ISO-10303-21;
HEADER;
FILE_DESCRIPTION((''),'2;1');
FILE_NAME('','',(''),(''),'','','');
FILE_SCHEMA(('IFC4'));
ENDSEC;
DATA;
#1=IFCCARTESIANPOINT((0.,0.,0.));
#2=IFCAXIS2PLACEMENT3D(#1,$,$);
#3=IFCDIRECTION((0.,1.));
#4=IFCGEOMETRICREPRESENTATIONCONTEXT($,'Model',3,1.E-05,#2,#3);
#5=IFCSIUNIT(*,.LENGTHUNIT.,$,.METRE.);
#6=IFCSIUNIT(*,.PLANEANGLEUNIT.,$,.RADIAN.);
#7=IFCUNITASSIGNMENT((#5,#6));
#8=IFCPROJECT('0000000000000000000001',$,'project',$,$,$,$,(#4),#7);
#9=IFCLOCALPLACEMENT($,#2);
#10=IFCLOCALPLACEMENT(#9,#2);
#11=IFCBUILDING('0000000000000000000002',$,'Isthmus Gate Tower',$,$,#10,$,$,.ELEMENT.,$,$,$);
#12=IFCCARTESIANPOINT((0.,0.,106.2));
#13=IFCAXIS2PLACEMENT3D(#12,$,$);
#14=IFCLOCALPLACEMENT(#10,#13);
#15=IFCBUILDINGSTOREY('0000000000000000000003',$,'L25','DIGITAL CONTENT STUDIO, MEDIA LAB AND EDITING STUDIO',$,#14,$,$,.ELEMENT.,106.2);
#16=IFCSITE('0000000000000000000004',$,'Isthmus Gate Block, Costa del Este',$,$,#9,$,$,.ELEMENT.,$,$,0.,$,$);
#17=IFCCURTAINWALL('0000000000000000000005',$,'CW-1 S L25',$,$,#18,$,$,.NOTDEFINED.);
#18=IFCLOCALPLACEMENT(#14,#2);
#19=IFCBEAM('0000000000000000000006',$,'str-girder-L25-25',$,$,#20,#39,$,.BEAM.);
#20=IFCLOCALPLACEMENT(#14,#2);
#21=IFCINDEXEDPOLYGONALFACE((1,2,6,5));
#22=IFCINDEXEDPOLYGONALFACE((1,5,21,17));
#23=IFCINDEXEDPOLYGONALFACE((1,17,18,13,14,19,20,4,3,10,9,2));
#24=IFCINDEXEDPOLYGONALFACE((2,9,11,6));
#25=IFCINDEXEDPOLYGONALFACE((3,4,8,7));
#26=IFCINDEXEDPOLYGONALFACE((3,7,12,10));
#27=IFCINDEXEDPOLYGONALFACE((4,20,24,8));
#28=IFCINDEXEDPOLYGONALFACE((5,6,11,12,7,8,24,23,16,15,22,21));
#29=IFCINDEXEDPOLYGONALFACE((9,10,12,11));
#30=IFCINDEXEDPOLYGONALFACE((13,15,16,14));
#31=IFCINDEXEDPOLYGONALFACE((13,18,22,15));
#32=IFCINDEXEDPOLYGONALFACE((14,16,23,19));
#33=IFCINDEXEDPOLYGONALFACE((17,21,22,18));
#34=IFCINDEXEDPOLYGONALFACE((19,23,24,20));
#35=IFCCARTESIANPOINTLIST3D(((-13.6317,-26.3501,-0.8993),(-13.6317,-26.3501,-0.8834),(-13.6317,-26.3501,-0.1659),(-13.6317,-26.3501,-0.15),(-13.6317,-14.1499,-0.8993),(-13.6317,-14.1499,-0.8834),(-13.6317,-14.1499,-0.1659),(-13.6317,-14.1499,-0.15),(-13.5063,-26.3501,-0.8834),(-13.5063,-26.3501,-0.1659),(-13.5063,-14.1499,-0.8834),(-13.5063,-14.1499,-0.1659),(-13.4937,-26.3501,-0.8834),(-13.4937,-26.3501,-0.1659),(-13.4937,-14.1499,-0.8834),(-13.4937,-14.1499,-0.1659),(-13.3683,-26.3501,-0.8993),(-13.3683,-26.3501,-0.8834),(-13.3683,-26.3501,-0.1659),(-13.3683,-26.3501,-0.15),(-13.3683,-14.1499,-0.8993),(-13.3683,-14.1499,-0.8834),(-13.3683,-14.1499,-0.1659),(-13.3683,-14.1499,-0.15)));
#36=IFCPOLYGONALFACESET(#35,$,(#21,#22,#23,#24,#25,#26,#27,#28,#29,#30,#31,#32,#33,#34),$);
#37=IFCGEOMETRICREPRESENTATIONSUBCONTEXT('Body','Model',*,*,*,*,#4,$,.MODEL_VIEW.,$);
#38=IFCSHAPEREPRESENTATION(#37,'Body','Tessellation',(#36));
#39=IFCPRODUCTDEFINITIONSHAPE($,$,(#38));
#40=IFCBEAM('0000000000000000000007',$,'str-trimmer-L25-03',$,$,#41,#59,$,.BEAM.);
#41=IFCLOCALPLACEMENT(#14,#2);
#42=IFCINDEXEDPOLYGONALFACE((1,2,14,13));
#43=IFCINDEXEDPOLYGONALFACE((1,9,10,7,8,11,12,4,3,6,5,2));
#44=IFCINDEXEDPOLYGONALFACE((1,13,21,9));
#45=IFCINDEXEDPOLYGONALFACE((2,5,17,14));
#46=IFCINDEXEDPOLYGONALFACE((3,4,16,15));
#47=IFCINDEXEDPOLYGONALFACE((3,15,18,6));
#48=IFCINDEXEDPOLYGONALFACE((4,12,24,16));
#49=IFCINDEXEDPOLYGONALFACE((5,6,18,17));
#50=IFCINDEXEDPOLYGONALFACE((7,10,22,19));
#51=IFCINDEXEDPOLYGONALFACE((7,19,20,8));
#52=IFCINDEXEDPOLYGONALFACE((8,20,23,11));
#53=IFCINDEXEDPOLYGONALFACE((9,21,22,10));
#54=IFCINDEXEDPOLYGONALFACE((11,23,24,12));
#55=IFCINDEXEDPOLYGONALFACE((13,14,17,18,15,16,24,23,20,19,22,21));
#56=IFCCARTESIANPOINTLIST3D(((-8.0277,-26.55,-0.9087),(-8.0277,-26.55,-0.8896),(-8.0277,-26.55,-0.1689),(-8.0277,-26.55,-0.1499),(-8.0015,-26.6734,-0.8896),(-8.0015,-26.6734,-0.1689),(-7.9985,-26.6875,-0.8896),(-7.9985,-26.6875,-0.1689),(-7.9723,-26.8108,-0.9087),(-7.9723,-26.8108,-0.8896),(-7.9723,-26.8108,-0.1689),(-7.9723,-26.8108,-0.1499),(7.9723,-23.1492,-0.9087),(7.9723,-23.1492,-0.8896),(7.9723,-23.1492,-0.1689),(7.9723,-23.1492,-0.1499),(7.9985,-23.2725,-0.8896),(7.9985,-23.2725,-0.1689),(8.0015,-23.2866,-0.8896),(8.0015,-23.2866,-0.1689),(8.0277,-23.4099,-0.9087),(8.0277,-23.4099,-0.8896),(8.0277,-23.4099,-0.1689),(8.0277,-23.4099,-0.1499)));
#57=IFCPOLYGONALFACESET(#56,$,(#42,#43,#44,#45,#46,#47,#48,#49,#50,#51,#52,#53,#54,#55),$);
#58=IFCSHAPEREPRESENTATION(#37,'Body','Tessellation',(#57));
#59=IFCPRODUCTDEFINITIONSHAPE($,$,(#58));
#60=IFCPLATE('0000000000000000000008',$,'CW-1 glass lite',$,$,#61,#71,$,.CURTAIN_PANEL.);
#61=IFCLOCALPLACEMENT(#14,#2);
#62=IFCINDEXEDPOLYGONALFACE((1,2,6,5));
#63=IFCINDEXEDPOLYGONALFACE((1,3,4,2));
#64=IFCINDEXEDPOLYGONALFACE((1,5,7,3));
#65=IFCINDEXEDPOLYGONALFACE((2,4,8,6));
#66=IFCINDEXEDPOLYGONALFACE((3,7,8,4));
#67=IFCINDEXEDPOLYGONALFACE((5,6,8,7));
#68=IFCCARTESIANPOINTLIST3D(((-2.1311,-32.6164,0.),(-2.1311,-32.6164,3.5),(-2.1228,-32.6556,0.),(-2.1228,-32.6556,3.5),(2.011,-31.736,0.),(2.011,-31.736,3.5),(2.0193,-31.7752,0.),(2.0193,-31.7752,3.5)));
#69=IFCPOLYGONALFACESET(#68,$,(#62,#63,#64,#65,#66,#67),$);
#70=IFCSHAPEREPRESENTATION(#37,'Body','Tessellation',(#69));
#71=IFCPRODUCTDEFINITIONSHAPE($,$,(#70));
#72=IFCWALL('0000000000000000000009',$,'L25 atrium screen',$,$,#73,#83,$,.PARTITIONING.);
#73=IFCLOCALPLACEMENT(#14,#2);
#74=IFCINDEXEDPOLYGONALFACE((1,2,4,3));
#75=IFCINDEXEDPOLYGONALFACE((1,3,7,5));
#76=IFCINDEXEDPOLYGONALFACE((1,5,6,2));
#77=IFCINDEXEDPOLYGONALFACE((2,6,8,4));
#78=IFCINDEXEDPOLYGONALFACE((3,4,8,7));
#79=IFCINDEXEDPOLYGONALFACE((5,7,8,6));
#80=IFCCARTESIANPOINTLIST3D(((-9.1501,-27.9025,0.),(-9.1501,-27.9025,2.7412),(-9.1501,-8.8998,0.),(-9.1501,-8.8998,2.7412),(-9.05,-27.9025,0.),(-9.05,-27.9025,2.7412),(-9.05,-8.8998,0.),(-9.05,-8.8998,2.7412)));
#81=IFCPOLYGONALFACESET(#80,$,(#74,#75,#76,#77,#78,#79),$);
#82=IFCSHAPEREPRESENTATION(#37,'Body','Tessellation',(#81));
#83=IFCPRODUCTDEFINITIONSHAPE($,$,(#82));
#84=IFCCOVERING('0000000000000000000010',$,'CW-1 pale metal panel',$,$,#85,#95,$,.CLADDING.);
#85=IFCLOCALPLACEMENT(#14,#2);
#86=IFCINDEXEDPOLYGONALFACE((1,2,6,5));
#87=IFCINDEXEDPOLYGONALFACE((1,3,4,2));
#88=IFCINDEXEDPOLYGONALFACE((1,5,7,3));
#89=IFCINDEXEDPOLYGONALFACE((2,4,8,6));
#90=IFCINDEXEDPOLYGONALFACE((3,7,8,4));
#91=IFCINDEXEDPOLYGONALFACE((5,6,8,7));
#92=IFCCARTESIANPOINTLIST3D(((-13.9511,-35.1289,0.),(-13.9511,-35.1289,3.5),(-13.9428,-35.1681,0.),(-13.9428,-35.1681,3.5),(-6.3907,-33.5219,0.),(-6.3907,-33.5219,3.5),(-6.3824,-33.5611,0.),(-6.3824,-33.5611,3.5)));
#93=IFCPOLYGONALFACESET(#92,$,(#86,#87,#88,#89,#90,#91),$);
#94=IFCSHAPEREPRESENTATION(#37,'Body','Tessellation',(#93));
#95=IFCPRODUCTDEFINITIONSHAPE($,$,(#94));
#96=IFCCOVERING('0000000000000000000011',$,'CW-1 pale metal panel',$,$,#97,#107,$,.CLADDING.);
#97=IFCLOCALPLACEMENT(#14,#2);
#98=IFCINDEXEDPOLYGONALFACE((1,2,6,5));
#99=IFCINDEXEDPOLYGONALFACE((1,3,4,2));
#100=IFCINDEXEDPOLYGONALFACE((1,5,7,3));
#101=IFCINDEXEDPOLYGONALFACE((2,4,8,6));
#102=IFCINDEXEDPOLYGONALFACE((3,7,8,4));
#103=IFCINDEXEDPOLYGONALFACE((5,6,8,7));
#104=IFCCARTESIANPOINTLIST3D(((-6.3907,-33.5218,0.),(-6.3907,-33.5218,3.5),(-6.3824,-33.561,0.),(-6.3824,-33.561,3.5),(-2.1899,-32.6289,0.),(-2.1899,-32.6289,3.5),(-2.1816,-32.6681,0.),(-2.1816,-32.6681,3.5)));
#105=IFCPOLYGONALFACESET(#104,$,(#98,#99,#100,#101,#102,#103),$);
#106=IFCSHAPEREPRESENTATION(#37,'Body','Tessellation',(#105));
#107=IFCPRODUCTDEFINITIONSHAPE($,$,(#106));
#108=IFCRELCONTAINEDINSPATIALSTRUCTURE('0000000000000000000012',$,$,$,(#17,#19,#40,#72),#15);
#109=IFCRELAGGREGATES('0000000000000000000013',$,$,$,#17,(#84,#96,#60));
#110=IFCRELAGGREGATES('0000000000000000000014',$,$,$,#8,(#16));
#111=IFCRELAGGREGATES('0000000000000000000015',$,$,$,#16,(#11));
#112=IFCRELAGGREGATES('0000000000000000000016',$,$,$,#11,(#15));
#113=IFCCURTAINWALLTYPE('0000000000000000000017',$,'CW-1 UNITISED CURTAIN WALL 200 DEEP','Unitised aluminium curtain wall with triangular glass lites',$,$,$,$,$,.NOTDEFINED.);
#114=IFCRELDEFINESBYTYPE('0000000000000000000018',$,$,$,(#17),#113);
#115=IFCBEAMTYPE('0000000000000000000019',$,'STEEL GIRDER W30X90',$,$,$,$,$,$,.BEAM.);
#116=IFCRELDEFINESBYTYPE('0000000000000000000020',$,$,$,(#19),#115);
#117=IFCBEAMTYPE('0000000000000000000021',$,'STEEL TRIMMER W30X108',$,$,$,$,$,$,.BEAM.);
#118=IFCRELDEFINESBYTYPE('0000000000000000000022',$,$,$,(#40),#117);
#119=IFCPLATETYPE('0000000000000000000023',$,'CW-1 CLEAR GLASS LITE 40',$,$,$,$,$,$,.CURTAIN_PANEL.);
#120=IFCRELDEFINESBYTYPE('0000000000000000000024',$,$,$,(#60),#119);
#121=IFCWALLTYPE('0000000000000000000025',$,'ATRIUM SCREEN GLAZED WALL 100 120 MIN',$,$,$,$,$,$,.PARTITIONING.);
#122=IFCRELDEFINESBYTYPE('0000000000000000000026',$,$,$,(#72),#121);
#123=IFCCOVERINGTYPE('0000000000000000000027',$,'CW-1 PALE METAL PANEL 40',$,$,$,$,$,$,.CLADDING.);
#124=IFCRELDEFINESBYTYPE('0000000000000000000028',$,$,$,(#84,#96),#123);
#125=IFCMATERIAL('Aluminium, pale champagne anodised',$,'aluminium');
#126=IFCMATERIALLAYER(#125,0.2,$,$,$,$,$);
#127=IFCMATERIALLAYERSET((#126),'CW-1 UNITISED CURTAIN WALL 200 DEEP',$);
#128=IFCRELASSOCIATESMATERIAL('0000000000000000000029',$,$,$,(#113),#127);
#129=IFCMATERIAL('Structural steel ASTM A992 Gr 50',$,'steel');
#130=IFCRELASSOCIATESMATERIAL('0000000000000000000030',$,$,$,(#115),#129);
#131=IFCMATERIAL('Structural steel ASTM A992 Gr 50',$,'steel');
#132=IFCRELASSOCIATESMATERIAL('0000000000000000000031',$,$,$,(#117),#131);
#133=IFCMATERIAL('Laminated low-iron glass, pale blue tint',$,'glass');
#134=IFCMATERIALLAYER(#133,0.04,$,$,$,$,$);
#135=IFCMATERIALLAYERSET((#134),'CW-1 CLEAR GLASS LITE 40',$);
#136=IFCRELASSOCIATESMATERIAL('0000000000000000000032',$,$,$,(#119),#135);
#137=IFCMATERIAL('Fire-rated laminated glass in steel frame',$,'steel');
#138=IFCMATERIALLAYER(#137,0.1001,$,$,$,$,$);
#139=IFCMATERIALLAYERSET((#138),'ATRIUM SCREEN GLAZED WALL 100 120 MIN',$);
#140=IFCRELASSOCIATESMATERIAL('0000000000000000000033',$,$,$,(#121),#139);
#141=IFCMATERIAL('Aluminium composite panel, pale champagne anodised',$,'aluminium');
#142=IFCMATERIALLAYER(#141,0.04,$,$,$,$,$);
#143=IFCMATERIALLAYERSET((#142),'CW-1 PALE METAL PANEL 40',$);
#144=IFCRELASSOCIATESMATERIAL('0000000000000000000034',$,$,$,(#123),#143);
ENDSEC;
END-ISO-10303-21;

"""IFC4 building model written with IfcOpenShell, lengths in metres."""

from ifc_helpers import new_model, si_unit, direction, frame, frame_2d, origin, origin_2d, place, context, subcontext, project, spatial, rectangle, i_section, extrude, material, layer, layer_set, material_profile, profile_set, type_object, element, aggregate, save


model = new_model("IFC4")

# Units and contexts
model_context = context("Model", 3, precision=1e-05, world=origin(), true_north=direction((0.0, 1.0)))
body_context = subcontext(model_context, "Body", "Model", "MODEL_VIEW")
ifc_project = project(units=[si_unit("LENGTHUNIT", "METRE"), si_unit("PLANEANGLEUNIT", "RADIAN")], contexts=[model_context])

# Site, building, storey
site_placement = place(None, origin())
site = spatial("IfcSite", under=ifc_project, at=site_placement, Name="Isthmus Gate Block, Costa del Este", CompositionType="ELEMENT", RefElevation=0.0)
building_placement = place(site_placement, origin())
building = spatial("IfcBuilding", under=site, at=building_placement, Name="Isthmus Gate Tower", CompositionType="ELEMENT")
storey_placement = place(building_placement, frame((0.0, 0.0, 106.2)))
storey = spatial("IfcBuildingStorey", under=building, at=storey_placement, Name="L25", Description="DIGITAL CONTENT STUDIO, MEDIA LAB AND EDITING STUDIO", CompositionType="ELEMENT", Elevation=106.2)

# Curtain wall
ifc_material_1 = material(Name="Aluminium, pale champagne anodised", Category="aluminium")
ifc_layer_1 = layer(ifc_material_1, 0.2)
ifc_layer_set_1 = layer_set([ifc_layer_1], Name="CW-1 UNITISED CURTAIN WALL 200 DEEP")
curtain_wall_type = type_object("IfcCurtainWallType", Name="CW-1 UNITISED CURTAIN WALL 200 DEEP", Description="Unitised aluminium curtain wall with triangular glass lites", PredefinedType="NOTDEFINED", material=ifc_layer_set_1)
curtain_wall_placement = place(storey_placement, origin())
curtain_wall = element("IfcCurtainWall", 1, at=curtain_wall_placement, inside=storey, type_object=curtain_wall_type, Name="CW-1 S L25", PredefinedType="NOTDEFINED")

# Beams
ifc_material_2 = material(Name="Structural steel ASTM A992 Gr 50", Category="steel")
ifc_material_profile_1 = material_profile(ifc_material_2, i_section(OverallWidth=0.2634, OverallDepth=0.7493, WebThickness=0.0127, FlangeThickness=0.0159, at=origin_2d()), Name="W30X90")
ifc_profile_set_1 = profile_set([ifc_material_profile_1], Name="Structural steel ASTM A992 Gr 50")
beam_type_1 = type_object("IfcBeamType", Name="STEEL GIRDER W30X90", PredefinedType="BEAM", material=ifc_profile_set_1)
beam_1_placement = place(storey_placement, frame((-13.5, -26.3501, -0.5247), z_axis=(0.0, 1.0, 0.0), x_axis=(-1.0, 0.0, 0.0)))
element("IfcBeam", 2, at=beam_1_placement, inside=storey, type_object=beam_type_1, Name="str-girder-L25-25", PredefinedType="BEAM", context=body_context, shape_type="SweptSolid", body=[
    extrude(i_section(OverallWidth=0.2634, OverallDepth=0.7493, WebThickness=0.0127, FlangeThickness=0.0159, at=origin_2d()), origin(), (0.0, 0.0, 1.0), 12.2002),
])
ifc_material_3 = material(Name="Structural steel ASTM A992 Gr 50", Category="steel")
ifc_material_profile_2 = material_profile(ifc_material_3, i_section(OverallWidth=0.2666, OverallDepth=0.7588, WebThickness=0.0144, FlangeThickness=0.019, at=origin_2d()), Name="W30X108")
ifc_profile_set_2 = profile_set([ifc_material_profile_2], Name="Structural steel ASTM A992 Gr 50")
beam_type_2 = type_object("IfcBeamType", Name="STEEL TRIMMER W30X108", PredefinedType="BEAM", material=ifc_profile_set_2)
beam_2_placement = place(storey_placement, frame((-8.0, -26.6804, -0.5293), z_axis=(0.978148, 0.20791, 0.0), x_axis=(-0.20791, 0.978148, 0.0)))
element("IfcBeam", 3, at=beam_2_placement, inside=storey, type_object=beam_type_2, Name="str-trimmer-L25-03", PredefinedType="BEAM", context=body_context, shape_type="SweptSolid", body=[
    extrude(i_section(OverallWidth=0.2666, OverallDepth=0.7588, WebThickness=0.0144, FlangeThickness=0.019, at=origin_2d()), origin(), (0.0, 0.0, 1.0), 16.3574),
])

# Plate
ifc_material_4 = material(Name="Laminated low-iron glass, pale blue tint", Category="glass")
ifc_layer_2 = layer(ifc_material_4, 0.04)
ifc_layer_set_2 = layer_set([ifc_layer_2], Name="CW-1 CLEAR GLASS LITE 40")
plate_type = type_object("IfcPlateType", Name="CW-1 CLEAR GLASS LITE 40", PredefinedType="CURTAIN_PANEL", material=ifc_layer_set_2)
plate_placement = place(storey_placement, frame((-0.0559, -32.1958, 0.0), z_axis=(0.0, 0.0, 1.0), x_axis=(0.978148, 0.207912, 0.0)))
plate = element("IfcPlate", 4, at=plate_placement, type_object=plate_type, Name="CW-1 glass lite", PredefinedType="CURTAIN_PANEL", context=body_context, shape_type="SweptSolid", body=[
    extrude(rectangle(XDim=4.2346, YDim=0.04, at=origin_2d()), origin(), (0.0, 0.0, 1.0), 3.5),
])

# Wall
ifc_material_5 = material(Name="Fire-rated laminated glass in steel frame", Category="steel")
ifc_layer_3 = layer(ifc_material_5, 0.1001)
ifc_layer_set_3 = layer_set([ifc_layer_3], Name="ATRIUM SCREEN GLAZED WALL 100 120 MIN")
wall_type = type_object("IfcWallType", Name="ATRIUM SCREEN GLAZED WALL 100 120 MIN", PredefinedType="PARTITIONING", material=ifc_layer_set_3)
wall_placement = place(storey_placement, frame((-9.1001, -27.9026, 0.0), z_axis=(0.0, 0.0, 1.0), x_axis=(0.0, 1.0, 0.0)))
element("IfcWall", 5, at=wall_placement, inside=storey, type_object=wall_type, Name="L25 atrium screen", PredefinedType="PARTITIONING", context=body_context, shape_type="SweptSolid", body=[
    extrude(rectangle(XDim=19.0027, YDim=0.1001, at=frame_2d((9.5015, 0.0))), origin(), (0.0, 0.0, 1.0), 2.7412),
])

# Coverings
ifc_material_6 = material(Name="Aluminium composite panel, pale champagne anodised", Category="aluminium")
ifc_layer_4 = layer(ifc_material_6, 0.04)
ifc_layer_set_4 = layer_set([ifc_layer_4], Name="CW-1 PALE METAL PANEL 40")
covering_type = type_object("IfcCoveringType", Name="CW-1 PALE METAL PANEL 40", PredefinedType="CLADDING", material=ifc_layer_set_4)
covering_1_placement = place(storey_placement, frame((-10.1667, -34.345, 0.0), z_axis=(0.0, 0.0, 1.0), x_axis=(0.978148, 0.207912, 0.0)))
covering_1 = element("IfcCovering", 6, at=covering_1_placement, type_object=covering_type, Name="CW-1 pale metal panel", PredefinedType="CLADDING", context=body_context, shape_type="SweptSolid", body=[
    extrude(rectangle(XDim=7.7292, YDim=0.04, at=origin_2d()), origin(), (0.0, 0.0, 1.0), 3.5),
])
covering_2_placement = place(storey_placement, frame((-4.2861, -33.095, 0.0), z_axis=(0.0, 0.0, 1.0), x_axis=(0.978148, 0.207912, 0.0)))
covering_2 = element("IfcCovering", 7, at=covering_2_placement, type_object=covering_type, Name="CW-1 pale metal panel", PredefinedType="CLADDING", context=body_context, shape_type="SweptSolid", body=[
    extrude(rectangle(XDim=4.2947, YDim=0.04, at=origin_2d()), origin(), (0.0, 0.0, 1.0), 3.5),
])
aggregate(curtain_wall, [covering_1, covering_2, plate])

save(model, "model.ifc")
